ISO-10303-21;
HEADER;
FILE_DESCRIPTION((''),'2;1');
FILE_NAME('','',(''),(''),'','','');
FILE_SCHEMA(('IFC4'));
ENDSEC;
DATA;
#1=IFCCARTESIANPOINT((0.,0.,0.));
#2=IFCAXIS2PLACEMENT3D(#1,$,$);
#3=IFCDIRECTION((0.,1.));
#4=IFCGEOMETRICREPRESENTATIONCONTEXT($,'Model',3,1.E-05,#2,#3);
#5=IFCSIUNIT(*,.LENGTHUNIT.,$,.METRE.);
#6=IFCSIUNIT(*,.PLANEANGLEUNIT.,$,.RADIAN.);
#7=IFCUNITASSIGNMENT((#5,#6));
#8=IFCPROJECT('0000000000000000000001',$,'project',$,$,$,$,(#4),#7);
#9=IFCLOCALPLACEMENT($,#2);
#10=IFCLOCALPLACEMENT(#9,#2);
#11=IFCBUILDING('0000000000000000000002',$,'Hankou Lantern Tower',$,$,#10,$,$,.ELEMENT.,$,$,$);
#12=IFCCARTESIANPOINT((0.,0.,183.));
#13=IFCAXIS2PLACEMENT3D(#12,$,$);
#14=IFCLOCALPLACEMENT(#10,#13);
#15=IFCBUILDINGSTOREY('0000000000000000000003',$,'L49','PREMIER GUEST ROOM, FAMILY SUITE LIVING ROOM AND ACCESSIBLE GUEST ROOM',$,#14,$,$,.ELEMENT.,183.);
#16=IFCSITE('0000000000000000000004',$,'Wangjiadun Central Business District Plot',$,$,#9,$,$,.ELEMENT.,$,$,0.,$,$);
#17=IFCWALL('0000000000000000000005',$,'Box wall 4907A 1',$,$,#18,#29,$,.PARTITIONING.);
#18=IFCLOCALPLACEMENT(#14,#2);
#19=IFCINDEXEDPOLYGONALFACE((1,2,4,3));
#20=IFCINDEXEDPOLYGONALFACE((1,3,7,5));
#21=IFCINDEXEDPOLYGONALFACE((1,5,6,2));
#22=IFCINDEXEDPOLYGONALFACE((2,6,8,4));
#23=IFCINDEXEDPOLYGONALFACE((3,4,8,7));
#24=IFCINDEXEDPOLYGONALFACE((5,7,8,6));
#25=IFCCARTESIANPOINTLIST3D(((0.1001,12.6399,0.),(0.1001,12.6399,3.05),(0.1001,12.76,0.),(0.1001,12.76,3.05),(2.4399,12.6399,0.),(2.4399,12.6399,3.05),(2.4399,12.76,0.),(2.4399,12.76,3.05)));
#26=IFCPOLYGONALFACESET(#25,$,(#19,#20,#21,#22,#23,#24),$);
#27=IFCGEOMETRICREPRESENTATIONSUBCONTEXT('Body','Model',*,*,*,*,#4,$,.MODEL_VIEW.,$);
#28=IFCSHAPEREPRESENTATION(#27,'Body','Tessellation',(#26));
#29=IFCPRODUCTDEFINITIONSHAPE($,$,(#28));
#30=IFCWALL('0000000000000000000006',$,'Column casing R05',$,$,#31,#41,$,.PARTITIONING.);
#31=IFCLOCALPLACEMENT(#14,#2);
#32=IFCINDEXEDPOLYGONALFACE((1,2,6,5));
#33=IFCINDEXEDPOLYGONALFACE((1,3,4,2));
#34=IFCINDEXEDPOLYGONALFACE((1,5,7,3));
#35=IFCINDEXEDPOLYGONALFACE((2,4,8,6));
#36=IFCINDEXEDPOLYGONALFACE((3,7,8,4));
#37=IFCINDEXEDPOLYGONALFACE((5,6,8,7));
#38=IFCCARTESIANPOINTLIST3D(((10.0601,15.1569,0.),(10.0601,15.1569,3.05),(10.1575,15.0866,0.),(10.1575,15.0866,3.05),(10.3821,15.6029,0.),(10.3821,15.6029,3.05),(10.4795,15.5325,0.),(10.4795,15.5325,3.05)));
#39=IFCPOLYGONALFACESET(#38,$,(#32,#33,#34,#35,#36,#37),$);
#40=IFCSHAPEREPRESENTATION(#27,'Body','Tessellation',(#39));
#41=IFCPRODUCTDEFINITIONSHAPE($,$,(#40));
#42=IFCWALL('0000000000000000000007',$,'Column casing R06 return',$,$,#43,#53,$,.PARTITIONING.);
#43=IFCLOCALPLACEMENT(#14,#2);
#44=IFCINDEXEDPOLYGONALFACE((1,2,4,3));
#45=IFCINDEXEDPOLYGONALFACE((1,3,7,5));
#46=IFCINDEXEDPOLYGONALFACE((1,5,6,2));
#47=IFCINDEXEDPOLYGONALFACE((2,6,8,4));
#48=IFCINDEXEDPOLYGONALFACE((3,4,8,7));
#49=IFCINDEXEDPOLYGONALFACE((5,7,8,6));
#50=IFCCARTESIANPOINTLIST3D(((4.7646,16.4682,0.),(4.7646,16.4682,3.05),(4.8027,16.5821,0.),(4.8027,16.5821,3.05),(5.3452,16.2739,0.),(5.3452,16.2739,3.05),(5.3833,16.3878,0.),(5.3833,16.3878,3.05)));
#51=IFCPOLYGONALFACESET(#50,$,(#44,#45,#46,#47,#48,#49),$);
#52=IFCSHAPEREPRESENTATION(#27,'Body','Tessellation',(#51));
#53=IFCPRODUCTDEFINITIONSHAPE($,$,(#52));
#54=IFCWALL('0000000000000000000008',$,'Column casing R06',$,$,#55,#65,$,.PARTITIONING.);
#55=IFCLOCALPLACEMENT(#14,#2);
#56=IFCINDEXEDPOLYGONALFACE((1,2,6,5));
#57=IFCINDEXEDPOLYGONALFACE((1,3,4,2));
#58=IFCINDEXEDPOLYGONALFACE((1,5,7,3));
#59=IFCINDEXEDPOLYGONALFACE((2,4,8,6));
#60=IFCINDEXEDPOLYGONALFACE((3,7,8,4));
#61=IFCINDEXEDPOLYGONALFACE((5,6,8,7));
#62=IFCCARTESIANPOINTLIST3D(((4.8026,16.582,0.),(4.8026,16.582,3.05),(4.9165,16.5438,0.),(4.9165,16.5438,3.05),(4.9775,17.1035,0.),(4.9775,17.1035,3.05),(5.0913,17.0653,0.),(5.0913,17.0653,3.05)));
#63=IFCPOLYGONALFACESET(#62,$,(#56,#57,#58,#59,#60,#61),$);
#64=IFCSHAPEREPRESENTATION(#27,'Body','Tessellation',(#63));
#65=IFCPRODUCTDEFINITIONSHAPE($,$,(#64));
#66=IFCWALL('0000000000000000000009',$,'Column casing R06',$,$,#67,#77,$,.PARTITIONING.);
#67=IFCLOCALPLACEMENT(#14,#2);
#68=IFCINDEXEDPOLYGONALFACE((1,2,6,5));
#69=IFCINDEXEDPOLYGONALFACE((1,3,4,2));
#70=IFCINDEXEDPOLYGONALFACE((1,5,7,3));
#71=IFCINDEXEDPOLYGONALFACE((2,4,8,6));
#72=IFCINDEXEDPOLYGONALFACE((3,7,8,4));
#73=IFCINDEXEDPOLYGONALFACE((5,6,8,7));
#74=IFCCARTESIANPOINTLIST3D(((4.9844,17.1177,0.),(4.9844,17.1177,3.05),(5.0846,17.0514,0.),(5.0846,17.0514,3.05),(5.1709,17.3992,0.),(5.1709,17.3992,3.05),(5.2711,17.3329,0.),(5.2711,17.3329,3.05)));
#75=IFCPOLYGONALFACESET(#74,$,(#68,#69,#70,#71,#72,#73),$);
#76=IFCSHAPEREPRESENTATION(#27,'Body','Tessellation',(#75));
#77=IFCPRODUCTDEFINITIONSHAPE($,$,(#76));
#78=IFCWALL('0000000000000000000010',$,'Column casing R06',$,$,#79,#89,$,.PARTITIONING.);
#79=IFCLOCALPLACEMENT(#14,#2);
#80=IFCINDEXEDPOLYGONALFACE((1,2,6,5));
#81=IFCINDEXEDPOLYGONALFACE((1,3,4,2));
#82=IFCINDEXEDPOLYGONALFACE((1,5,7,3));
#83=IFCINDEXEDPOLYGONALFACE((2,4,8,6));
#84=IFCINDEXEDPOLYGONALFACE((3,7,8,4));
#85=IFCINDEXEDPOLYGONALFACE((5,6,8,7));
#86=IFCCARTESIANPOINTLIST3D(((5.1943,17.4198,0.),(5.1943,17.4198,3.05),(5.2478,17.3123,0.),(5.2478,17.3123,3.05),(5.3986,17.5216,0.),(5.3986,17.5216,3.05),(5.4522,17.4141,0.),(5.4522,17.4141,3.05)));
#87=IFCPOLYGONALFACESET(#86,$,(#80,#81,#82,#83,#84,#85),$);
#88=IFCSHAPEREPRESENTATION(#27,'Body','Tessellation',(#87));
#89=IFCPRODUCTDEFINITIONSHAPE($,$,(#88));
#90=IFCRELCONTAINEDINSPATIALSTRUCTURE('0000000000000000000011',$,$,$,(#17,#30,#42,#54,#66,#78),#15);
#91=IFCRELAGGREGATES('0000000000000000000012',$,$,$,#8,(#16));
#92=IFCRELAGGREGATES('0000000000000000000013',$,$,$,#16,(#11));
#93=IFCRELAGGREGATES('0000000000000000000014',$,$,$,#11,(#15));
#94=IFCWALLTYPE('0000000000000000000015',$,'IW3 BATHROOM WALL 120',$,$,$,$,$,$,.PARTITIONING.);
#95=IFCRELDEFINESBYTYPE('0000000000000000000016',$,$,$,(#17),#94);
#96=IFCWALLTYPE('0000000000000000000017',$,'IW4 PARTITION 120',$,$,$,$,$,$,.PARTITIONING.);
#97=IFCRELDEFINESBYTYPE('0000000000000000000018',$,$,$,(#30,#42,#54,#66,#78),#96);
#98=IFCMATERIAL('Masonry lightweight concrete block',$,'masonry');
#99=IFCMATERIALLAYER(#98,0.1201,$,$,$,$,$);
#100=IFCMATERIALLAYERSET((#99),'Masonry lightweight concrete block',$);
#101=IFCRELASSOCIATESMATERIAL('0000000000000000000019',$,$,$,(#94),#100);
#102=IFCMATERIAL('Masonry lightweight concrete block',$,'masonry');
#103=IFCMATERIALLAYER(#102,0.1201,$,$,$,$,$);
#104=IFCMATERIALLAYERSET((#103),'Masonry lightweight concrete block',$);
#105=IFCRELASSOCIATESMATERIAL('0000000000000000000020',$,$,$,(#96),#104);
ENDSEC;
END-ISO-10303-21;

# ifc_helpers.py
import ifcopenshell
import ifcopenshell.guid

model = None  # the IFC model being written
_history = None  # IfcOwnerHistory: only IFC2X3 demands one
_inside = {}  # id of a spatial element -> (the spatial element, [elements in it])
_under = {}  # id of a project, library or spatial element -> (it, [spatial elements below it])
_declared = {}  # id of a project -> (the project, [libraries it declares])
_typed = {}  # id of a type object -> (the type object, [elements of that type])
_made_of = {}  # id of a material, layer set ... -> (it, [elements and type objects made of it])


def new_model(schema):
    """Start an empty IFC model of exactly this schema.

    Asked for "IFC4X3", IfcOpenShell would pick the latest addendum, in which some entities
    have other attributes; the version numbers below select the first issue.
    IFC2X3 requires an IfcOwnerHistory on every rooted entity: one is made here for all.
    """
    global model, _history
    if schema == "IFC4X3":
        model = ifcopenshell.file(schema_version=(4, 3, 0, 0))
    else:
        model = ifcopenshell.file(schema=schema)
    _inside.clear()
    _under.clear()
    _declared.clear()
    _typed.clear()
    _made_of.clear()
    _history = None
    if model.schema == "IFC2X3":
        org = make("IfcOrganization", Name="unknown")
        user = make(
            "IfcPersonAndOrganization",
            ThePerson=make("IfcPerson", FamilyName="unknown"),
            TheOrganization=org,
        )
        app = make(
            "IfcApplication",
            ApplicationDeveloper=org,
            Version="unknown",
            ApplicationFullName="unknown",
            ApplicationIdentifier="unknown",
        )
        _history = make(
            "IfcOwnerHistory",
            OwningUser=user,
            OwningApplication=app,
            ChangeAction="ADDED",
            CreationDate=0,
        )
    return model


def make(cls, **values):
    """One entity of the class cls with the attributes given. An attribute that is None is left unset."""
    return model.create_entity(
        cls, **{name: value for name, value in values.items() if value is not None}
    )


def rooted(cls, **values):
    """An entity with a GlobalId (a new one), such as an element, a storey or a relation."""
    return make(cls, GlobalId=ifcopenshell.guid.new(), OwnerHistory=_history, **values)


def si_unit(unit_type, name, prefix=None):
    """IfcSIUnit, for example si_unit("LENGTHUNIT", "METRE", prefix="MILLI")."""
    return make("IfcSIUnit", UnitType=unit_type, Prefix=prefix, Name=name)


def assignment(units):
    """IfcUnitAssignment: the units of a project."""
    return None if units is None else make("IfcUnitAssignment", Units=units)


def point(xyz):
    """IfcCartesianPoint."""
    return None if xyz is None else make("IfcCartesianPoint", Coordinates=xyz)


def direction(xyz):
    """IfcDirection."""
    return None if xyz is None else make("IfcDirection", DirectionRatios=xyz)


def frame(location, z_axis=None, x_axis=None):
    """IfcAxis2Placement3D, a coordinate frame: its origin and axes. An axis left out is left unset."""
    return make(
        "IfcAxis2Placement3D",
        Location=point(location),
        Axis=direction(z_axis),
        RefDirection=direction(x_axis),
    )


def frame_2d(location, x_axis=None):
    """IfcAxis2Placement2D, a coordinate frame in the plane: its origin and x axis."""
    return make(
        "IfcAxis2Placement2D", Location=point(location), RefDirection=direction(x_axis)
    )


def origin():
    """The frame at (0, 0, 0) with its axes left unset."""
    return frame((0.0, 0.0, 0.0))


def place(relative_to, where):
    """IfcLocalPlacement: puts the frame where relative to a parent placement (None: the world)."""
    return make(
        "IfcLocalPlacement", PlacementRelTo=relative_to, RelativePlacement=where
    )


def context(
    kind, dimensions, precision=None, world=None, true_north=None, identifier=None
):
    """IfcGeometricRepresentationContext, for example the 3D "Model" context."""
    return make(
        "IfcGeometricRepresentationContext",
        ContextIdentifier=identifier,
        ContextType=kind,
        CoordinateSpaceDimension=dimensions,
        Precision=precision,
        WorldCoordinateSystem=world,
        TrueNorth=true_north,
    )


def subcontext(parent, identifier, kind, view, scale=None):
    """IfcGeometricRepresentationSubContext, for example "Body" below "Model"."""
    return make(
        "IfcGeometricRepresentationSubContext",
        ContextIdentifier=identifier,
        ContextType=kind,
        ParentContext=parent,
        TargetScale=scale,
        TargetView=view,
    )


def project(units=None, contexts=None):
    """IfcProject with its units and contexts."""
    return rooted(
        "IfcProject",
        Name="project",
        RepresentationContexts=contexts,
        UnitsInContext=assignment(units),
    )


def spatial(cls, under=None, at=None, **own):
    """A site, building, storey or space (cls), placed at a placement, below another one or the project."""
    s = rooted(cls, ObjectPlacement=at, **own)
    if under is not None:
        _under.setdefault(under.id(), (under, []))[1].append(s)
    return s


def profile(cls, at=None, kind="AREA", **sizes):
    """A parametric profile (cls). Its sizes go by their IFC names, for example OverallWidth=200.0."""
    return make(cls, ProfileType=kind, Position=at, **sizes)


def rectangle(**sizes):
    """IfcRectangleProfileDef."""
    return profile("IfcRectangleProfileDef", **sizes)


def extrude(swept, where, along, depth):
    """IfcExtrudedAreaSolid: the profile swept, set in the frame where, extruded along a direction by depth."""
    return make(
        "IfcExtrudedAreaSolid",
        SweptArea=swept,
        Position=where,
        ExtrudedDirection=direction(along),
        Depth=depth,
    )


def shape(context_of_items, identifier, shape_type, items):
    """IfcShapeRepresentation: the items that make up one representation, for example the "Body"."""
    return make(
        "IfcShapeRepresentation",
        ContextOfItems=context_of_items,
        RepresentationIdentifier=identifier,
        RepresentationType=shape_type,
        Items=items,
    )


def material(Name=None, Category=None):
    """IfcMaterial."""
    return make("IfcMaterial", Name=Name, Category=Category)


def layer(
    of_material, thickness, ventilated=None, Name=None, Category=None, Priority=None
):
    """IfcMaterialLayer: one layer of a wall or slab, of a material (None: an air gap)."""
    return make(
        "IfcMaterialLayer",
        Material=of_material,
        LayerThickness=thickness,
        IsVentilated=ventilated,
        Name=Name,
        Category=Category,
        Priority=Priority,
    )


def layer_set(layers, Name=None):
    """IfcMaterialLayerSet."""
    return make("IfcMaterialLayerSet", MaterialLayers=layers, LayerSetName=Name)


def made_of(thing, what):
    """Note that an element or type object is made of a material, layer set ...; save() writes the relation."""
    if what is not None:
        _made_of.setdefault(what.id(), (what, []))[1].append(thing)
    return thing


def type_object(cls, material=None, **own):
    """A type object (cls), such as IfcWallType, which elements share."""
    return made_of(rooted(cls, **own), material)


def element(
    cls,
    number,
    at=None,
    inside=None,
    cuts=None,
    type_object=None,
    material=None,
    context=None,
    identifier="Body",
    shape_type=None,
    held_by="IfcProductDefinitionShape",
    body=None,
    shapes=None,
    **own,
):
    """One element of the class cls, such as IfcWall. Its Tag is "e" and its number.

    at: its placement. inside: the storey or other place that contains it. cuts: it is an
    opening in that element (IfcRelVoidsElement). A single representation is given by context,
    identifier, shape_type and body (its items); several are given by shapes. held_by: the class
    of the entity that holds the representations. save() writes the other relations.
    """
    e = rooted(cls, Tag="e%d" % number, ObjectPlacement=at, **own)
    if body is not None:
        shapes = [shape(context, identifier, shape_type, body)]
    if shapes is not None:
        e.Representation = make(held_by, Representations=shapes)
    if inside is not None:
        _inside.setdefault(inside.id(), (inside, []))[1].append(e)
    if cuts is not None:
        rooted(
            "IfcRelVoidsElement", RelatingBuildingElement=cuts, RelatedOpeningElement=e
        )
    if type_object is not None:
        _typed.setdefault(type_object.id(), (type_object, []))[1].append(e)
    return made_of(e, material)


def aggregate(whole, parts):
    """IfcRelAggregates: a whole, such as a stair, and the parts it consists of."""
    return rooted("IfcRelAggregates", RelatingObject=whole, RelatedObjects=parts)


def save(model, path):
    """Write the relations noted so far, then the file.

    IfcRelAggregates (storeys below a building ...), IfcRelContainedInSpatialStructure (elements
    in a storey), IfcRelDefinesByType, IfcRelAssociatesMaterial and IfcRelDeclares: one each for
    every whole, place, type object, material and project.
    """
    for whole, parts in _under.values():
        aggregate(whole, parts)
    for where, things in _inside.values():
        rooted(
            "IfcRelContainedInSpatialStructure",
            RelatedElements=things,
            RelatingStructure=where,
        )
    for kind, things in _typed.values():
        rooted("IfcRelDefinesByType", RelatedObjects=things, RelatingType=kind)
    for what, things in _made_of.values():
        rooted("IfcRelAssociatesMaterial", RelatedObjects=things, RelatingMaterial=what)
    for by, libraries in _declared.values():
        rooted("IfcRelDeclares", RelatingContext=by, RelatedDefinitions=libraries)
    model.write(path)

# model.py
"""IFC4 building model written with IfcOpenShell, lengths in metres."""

from ifc_helpers import new_model, si_unit, direction, frame, frame_2d, origin, place, context, subcontext, project, spatial, rectangle, extrude, material, layer, layer_set, type_object, element, save


model = new_model("IFC4")

# Units and contexts
model_context = context("Model", 3, precision=1e-05, world=origin(), true_north=direction((0.0, 1.0)))
body_context = subcontext(model_context, "Body", "Model", "MODEL_VIEW")
ifc_project = project(units=[si_unit("LENGTHUNIT", "METRE"), si_unit("PLANEANGLEUNIT", "RADIAN")], contexts=[model_context])

# Site, building, storey
site_placement = place(None, origin())
site = spatial("IfcSite", under=ifc_project, at=site_placement, Name="Wangjiadun Central Business District Plot", CompositionType="ELEMENT", RefElevation=0.0)
building_placement = place(site_placement, origin())
building = spatial("IfcBuilding", under=site, at=building_placement, Name="Hankou Lantern Tower", CompositionType="ELEMENT")
storey_placement = place(building_placement, frame((0.0, 0.0, 183.0)))
storey = spatial("IfcBuildingStorey", under=building, at=storey_placement, Name="L49", Description="PREMIER GUEST ROOM, FAMILY SUITE LIVING ROOM AND ACCESSIBLE GUEST ROOM", CompositionType="ELEMENT", Elevation=183.0)

# Walls
ifc_material_1 = material(Name="Masonry lightweight concrete block", Category="masonry")
ifc_layer_1 = layer(ifc_material_1, 0.1201)
ifc_layer_set_1 = layer_set([ifc_layer_1], Name="Masonry lightweight concrete block")
wall_type_1 = type_object("IfcWallType", Name="IW3 BATHROOM WALL 120", PredefinedType="PARTITIONING", material=ifc_layer_set_1)
wall_1_placement = place(storey_placement, frame((0.1001, 12.7, 0.0), z_axis=(0.0, 0.0, 1.0), x_axis=(1.0, 0.0, 0.0)))
element("IfcWall", 1, at=wall_1_placement, inside=storey, type_object=wall_type_1, Name="Box wall 4907A 1", PredefinedType="PARTITIONING", context=body_context, shape_type="SweptSolid", body=[
    extrude(rectangle(XDim=2.3398, YDim=0.1201, at=frame_2d((1.1699, 0.0))), origin(), (0.0, 0.0, 1.0), 3.05),
])
ifc_material_2 = material(Name="Masonry lightweight concrete block", Category="masonry")
ifc_layer_2 = layer(ifc_material_2, 0.1201)
ifc_layer_set_2 = layer_set([ifc_layer_2], Name="Masonry lightweight concrete block")
wall_type_2 = type_object("IfcWallType", Name="IW4 PARTITION 120", PredefinedType="PARTITIONING", material=ifc_layer_set_2)
wall_2_placement = place(storey_placement, frame((10.1089, 15.1218, 0.0), z_axis=(0.0, 0.0, 1.0), x_axis=(0.585345, 0.810785, 0.0)))
element("IfcWall", 2, at=wall_2_placement, inside=storey, type_object=wall_type_2, Name="Column casing R05", PredefinedType="PARTITIONING", context=body_context, shape_type="SweptSolid", body=[
    extrude(rectangle(XDim=0.55, YDim=0.1201, at=frame_2d((0.2749, 0.0))), origin(), (0.0, 0.0, 1.0), 3.05),
])
wall_3_placement = place(storey_placement, frame((5.3643, 16.3308, 0.0), z_axis=(0.0, 0.0, 1.0), x_axis=(-0.948284, 0.317424, 0.0)))
element("IfcWall", 3, at=wall_3_placement, inside=storey, type_object=wall_type_2, Name="Column casing R06 return", PredefinedType="PARTITIONING", context=body_context, shape_type="SweptSolid", body=[
    extrude(rectangle(XDim=0.6123, YDim=0.1201, at=frame_2d((0.3062, 0.0))), origin(), (0.0, 0.0, 1.0), 3.05),
])
wall_4_placement = place(storey_placement, frame((4.8596, 16.563, 0.0), z_axis=(0.0, 0.0, 1.0), x_axis=(0.317825, 0.948149, 0.0)))
element("IfcWall", 4, at=wall_4_placement, inside=storey, type_object=wall_type_2, Name="Column casing R06", PredefinedType="PARTITIONING", context=body_context, shape_type="SweptSolid", body=[
    extrude(rectangle(XDim=0.55, YDim=0.1201, at=frame_2d((0.2749, 0.0))), origin(), (0.0, 0.0, 1.0), 3.05),
])
wall_5_placement = place(storey_placement, frame((5.0344, 17.0845, 0.0), z_axis=(0.0, 0.0, 1.0), x_axis=(0.552362, 0.833604, 0.0)))
element("IfcWall", 5, at=wall_5_placement, inside=storey, type_object=wall_type_2, Name="Column casing R06", PredefinedType="PARTITIONING", context=body_context, shape_type="SweptSolid", body=[
    extrude(rectangle(XDim=0.3376, YDim=0.1201, at=frame_2d((0.1689, 0.0))), origin(), (0.0, 0.0, 1.0), 3.05),
])
wall_6_placement = place(storey_placement, frame((5.2209, 17.366, 0.0), z_axis=(0.0, 0.0, 1.0), x_axis=(0.895068, 0.44593, 0.0)))
element("IfcWall", 6, at=wall_6_placement, inside=storey, type_object=wall_type_2, Name="Column casing R06", PredefinedType="PARTITIONING", context=body_context, shape_type="SweptSolid", body=[
    extrude(rectangle(XDim=0.2283, YDim=0.1201, at=frame_2d((0.1143, 0.0))), origin(), (0.0, 0.0, 1.0), 3.05),
])

save(model, "model.ifc")
